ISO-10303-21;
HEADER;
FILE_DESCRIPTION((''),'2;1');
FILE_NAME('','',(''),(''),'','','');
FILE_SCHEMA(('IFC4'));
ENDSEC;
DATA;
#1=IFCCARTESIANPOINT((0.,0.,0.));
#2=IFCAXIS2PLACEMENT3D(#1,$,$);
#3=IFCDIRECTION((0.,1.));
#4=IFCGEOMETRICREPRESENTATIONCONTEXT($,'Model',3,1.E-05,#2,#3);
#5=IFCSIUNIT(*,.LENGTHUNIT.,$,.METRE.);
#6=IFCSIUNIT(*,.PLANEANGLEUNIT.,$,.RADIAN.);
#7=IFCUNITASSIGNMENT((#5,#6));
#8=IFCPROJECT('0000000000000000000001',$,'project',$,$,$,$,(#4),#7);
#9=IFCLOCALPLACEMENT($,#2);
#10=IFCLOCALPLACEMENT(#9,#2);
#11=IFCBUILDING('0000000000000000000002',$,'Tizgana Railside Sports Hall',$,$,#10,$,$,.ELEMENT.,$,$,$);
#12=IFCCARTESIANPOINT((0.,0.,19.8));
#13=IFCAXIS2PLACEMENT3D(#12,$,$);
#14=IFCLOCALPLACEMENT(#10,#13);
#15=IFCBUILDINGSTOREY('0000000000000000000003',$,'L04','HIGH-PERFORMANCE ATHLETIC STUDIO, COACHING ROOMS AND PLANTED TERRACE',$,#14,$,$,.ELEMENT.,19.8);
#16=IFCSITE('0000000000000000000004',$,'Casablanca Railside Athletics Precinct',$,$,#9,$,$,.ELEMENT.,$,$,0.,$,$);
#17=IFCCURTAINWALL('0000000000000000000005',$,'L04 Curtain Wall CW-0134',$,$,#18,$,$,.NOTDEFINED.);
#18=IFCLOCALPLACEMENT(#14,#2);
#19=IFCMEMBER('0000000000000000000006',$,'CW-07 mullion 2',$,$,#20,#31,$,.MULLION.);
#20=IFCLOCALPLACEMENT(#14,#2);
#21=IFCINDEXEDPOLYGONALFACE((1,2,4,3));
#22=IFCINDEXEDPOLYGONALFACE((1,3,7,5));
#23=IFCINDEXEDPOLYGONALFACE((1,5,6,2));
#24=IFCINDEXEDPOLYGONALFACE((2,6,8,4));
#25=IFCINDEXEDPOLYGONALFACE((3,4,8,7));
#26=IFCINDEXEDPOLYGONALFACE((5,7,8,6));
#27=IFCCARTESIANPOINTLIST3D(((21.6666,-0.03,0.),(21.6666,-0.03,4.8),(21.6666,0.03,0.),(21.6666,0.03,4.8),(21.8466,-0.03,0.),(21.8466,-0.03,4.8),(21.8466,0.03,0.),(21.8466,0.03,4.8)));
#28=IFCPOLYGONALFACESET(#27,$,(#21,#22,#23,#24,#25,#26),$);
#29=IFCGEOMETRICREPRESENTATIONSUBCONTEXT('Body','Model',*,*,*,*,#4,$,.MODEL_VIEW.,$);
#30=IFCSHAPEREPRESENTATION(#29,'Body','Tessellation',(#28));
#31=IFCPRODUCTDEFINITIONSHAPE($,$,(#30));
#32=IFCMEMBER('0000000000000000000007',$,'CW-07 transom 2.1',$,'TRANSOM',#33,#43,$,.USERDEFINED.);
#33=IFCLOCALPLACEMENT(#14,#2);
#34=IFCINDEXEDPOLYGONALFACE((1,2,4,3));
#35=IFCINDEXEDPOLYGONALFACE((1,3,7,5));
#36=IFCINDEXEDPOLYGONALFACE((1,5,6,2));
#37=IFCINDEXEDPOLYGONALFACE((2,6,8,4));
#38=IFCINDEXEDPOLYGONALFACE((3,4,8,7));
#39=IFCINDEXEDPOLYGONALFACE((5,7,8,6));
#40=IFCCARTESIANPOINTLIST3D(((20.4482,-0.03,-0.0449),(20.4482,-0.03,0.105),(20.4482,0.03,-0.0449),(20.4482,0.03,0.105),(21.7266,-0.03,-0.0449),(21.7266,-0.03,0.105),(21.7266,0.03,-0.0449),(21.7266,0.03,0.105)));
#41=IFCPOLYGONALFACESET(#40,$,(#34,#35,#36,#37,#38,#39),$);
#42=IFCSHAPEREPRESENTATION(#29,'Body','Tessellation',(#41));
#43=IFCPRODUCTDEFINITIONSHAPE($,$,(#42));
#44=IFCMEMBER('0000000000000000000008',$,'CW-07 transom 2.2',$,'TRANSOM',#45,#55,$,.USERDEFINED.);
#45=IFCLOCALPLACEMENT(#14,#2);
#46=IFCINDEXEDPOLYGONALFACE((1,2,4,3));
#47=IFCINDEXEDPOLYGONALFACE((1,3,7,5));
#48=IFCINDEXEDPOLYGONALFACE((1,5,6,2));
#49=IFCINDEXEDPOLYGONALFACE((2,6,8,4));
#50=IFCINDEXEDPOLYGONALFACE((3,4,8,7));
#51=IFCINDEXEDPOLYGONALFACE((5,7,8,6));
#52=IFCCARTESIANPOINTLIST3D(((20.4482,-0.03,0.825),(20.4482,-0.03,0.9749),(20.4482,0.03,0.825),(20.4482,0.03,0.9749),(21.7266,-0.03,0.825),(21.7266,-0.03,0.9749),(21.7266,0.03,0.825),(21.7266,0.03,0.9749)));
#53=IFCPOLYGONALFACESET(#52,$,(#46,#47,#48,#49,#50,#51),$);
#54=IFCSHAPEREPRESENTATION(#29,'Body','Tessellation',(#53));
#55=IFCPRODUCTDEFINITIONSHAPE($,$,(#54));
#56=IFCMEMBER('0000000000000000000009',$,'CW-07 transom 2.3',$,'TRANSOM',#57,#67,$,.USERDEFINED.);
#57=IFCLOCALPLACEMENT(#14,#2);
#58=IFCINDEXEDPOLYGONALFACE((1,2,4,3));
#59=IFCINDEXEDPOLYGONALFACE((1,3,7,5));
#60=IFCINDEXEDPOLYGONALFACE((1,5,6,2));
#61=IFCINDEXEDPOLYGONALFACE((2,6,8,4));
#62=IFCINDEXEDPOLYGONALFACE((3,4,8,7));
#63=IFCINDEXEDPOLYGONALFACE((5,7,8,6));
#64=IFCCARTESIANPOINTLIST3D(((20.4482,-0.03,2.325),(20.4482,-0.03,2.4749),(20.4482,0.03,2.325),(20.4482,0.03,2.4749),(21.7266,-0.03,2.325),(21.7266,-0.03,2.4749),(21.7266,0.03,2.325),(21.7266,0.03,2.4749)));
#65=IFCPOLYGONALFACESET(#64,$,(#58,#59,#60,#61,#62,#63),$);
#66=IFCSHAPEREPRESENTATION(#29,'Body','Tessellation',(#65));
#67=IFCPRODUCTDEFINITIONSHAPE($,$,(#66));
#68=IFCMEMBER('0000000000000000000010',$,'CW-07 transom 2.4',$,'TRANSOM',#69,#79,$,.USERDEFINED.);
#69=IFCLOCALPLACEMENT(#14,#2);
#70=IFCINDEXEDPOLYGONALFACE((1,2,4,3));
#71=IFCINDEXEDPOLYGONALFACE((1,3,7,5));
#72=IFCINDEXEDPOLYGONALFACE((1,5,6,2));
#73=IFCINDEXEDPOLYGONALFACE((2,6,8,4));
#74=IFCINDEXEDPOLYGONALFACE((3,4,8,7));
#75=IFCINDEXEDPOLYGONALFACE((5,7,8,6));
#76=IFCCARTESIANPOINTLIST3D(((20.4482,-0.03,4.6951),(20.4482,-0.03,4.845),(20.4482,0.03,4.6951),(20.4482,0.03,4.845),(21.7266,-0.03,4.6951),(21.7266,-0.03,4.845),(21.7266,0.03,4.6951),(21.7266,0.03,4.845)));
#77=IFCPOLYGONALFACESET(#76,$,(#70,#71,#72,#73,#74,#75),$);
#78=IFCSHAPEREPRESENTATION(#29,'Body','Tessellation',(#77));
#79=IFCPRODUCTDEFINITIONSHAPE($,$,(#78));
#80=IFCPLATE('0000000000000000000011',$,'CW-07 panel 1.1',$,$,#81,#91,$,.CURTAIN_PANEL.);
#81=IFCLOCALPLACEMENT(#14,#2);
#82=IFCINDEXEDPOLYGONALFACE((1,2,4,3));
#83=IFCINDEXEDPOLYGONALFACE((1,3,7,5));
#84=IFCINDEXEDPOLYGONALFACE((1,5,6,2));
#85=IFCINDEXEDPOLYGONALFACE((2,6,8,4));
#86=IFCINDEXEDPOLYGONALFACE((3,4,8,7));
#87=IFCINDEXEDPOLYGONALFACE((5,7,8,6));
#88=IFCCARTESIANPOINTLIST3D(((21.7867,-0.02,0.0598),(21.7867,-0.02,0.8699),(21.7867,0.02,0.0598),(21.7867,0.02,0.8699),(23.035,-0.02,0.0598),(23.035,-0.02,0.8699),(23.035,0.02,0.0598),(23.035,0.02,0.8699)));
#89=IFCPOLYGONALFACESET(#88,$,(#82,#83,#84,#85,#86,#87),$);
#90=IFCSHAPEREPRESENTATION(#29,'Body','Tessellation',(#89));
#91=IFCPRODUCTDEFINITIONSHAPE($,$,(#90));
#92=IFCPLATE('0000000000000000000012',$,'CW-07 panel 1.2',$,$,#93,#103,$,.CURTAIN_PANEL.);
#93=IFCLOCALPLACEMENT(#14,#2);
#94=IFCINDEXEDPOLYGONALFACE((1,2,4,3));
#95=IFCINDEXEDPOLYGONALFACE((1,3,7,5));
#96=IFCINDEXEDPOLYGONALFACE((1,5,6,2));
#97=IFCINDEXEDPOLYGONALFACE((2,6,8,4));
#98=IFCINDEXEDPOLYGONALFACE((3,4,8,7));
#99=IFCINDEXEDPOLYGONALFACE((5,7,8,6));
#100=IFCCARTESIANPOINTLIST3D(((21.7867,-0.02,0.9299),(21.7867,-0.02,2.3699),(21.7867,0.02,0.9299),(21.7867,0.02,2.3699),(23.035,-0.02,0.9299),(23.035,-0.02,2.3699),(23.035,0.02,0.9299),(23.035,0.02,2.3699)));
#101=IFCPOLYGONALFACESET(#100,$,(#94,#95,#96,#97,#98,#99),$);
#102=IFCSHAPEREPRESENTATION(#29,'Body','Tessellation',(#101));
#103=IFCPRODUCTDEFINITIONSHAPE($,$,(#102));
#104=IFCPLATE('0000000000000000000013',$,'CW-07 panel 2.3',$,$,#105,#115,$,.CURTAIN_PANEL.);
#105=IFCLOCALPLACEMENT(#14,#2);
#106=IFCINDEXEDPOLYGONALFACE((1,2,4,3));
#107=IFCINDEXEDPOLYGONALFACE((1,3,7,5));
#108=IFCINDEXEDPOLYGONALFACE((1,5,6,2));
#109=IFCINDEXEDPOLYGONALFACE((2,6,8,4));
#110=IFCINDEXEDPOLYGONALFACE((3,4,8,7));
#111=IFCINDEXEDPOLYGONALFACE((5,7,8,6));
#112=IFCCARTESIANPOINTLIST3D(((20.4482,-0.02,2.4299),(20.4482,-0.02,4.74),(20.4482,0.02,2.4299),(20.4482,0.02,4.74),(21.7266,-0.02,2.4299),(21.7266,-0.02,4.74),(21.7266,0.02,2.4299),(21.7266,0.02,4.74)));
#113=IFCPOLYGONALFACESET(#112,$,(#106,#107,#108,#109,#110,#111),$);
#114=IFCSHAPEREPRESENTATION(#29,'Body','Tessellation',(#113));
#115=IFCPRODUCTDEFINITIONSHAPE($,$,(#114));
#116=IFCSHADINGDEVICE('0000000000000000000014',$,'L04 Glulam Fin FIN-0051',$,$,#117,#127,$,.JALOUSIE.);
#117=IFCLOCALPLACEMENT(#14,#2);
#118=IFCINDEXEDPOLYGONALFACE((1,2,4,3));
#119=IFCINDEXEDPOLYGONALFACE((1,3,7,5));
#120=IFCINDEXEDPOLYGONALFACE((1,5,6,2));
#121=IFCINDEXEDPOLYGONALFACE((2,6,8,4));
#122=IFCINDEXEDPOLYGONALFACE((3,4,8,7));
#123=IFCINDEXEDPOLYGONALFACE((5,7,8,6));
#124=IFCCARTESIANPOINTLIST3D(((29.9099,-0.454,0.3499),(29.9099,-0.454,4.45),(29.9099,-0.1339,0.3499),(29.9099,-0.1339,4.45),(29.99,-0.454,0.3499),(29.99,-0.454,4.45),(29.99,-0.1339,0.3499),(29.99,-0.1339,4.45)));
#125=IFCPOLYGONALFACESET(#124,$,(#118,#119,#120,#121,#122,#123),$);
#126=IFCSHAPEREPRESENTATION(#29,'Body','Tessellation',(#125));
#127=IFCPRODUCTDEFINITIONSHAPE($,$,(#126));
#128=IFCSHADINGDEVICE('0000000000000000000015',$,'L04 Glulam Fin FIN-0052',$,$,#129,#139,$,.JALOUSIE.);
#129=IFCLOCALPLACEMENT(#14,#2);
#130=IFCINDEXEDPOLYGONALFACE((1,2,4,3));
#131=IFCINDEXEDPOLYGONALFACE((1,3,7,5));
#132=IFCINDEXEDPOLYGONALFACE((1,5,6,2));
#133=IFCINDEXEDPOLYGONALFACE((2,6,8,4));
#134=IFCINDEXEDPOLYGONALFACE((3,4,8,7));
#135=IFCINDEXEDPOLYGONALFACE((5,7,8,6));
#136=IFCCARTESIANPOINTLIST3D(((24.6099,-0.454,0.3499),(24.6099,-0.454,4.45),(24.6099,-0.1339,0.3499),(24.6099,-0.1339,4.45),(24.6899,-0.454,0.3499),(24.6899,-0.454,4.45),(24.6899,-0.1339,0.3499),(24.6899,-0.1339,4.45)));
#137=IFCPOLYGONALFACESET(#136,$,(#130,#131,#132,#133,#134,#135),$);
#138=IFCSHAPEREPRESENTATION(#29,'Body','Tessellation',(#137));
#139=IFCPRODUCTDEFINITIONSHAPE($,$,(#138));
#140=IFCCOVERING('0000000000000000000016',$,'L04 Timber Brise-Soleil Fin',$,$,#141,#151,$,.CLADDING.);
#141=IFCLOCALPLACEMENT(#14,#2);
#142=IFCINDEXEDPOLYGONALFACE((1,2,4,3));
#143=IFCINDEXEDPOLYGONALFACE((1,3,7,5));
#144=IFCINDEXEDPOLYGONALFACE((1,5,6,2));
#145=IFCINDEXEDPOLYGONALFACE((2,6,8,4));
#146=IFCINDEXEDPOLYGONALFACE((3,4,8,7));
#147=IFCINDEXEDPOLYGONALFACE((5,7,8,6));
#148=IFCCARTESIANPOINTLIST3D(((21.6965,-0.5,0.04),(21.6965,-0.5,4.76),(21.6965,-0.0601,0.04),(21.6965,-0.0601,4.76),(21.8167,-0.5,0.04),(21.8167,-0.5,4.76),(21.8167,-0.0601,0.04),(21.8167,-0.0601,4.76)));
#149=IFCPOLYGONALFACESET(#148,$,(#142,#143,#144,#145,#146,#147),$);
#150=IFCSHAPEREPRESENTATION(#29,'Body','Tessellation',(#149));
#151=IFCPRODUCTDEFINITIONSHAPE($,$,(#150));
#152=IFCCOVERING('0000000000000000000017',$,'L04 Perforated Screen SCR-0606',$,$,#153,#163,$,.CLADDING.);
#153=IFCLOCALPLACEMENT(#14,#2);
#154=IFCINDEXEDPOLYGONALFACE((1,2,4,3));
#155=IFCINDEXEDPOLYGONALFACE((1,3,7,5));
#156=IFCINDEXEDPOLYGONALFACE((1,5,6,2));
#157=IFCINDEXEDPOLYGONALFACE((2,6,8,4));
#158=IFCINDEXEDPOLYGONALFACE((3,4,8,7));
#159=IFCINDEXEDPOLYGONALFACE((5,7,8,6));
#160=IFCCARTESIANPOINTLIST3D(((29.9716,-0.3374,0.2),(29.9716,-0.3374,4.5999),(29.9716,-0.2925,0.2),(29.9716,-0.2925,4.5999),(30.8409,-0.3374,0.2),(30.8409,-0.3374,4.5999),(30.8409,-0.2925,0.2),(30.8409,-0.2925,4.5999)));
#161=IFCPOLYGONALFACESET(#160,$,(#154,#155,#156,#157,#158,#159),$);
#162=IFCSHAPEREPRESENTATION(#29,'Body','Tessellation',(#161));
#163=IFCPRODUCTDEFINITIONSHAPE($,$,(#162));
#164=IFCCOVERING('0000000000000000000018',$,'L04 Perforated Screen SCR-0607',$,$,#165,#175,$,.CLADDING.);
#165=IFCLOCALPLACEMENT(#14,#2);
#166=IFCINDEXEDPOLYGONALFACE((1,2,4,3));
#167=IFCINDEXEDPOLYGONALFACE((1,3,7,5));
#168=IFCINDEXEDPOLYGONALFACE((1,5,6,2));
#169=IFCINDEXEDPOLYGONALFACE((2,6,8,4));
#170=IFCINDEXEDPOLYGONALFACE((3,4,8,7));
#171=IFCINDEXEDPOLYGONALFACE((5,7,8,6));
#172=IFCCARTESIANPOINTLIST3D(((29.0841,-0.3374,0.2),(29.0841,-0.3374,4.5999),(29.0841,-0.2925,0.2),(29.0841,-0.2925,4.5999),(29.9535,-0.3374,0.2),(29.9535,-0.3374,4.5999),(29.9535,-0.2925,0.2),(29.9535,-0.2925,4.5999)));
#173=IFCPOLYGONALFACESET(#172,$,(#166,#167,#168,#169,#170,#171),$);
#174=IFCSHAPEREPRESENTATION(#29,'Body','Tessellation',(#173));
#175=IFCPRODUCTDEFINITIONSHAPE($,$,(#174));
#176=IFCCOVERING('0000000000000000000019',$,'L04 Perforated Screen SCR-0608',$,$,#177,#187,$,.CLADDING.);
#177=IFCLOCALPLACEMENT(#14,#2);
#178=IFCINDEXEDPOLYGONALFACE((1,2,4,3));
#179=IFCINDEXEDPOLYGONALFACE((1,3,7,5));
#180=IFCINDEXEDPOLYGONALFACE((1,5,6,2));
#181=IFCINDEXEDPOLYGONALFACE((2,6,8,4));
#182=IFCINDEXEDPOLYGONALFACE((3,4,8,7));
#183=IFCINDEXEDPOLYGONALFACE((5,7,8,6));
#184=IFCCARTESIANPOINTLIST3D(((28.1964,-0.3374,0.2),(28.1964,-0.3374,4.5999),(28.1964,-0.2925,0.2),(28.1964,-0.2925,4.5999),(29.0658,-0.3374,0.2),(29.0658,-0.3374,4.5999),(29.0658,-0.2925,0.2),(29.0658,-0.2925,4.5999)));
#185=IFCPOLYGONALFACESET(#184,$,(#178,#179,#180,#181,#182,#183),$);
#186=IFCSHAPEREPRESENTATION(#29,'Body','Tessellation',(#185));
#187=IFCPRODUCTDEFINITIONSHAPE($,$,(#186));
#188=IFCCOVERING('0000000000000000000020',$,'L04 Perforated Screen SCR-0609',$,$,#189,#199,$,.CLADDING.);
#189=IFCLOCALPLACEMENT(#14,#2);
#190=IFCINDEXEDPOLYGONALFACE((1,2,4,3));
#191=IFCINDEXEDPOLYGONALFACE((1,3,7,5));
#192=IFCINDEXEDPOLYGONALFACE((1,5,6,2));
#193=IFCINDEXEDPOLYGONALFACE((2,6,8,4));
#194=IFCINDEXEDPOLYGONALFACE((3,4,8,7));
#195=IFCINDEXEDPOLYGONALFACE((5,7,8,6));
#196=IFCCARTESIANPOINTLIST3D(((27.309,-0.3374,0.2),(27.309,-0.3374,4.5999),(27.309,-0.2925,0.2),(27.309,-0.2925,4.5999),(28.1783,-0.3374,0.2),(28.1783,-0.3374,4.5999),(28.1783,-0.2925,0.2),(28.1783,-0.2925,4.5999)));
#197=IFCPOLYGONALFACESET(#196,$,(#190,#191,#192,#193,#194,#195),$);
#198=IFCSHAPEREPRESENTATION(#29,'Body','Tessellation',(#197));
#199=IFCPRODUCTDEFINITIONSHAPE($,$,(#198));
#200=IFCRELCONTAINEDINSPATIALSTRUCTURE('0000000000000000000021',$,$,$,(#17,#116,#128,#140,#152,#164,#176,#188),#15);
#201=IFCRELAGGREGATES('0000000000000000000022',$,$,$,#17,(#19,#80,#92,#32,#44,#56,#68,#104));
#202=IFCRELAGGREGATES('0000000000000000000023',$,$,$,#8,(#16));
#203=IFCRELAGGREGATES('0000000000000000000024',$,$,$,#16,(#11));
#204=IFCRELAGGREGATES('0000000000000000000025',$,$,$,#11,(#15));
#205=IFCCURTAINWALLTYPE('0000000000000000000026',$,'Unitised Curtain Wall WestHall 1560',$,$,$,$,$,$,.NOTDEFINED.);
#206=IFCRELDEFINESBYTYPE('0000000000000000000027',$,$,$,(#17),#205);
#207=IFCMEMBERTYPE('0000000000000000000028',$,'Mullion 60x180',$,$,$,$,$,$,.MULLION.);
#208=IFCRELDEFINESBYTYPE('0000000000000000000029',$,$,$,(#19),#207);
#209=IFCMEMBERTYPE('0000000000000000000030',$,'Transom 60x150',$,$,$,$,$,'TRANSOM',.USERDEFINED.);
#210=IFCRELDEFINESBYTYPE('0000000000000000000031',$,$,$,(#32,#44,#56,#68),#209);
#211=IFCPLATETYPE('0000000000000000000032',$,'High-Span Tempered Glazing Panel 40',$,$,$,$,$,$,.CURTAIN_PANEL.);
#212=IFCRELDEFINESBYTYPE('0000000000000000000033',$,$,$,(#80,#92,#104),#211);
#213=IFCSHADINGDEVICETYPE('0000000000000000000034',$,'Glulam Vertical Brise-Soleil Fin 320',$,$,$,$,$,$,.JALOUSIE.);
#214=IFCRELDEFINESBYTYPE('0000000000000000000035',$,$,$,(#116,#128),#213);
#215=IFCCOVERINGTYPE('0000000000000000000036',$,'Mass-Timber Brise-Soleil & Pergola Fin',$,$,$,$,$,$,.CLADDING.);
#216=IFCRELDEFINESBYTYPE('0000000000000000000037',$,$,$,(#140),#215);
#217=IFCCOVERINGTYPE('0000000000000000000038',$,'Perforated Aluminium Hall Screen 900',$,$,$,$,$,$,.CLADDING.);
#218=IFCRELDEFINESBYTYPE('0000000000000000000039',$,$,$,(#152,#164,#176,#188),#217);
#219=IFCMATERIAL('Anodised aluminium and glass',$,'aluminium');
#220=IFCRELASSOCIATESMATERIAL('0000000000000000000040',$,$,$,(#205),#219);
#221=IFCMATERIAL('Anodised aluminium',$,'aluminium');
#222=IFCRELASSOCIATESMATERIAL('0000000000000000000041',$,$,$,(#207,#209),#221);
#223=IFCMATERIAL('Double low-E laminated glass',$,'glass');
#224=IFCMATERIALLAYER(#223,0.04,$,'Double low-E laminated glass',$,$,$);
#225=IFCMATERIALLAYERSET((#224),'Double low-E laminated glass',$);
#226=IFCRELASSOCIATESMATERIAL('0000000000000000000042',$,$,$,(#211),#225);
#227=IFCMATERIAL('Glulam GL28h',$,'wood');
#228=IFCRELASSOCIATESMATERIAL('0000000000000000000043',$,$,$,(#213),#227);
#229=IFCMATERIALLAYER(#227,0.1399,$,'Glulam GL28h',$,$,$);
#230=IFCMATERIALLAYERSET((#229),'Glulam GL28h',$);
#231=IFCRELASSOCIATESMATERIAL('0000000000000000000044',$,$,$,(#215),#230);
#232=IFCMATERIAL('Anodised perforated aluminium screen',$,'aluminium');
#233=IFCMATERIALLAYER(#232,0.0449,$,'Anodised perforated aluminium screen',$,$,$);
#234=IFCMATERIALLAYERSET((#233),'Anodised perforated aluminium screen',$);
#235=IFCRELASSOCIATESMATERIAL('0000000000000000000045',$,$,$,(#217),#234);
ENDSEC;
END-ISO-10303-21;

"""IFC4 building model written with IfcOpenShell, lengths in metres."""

from ifc_helpers import new_model, si_unit, direction, frame, origin, origin_2d, place, context, subcontext, project, spatial, rectangle, extrude, material, layer, layer_set, material_profile, profile_set, type_object, element, aggregate, save


model = new_model("IFC4")

# Units and contexts
model_context = context("Model", 3, precision=1e-05, world=origin(), true_north=direction((0.0, 1.0)))
body_context = subcontext(model_context, "Body", "Model", "MODEL_VIEW")
ifc_project = project(units=[si_unit("LENGTHUNIT", "METRE"), si_unit("PLANEANGLEUNIT", "RADIAN")], contexts=[model_context])

# Site, building, storey
site_placement = place(None, origin())
site = spatial("IfcSite", under=ifc_project, at=site_placement, Name="Casablanca Railside Athletics Precinct", CompositionType="ELEMENT", RefElevation=0.0)
building_placement = place(site_placement, origin())
building = spatial("IfcBuilding", under=site, at=building_placement, Name="Tizgana Railside Sports Hall", CompositionType="ELEMENT")
storey_placement = place(building_placement, frame((0.0, 0.0, 19.8)))
storey = spatial("IfcBuildingStorey", under=building, at=storey_placement, Name="L04", Description="HIGH-PERFORMANCE ATHLETIC STUDIO, COACHING ROOMS AND PLANTED TERRACE", CompositionType="ELEMENT", Elevation=19.8)

# Curtain wall, members, plates
ifc_material_1 = material(Name="Anodised aluminium and glass", Category="aluminium")
curtain_wall_type = type_object("IfcCurtainWallType", Name="Unitised Curtain Wall WestHall 1560", PredefinedType="NOTDEFINED", material=ifc_material_1)
curtain_wall_placement = place(storey_placement, origin())
curtain_wall = element("IfcCurtainWall", 1, at=curtain_wall_placement, inside=storey, type_object=curtain_wall_type, Name="L04 Curtain Wall CW-0134", PredefinedType="NOTDEFINED")
ifc_material_2 = material(Name="Anodised aluminium", Category="aluminium")
ifc_material_profile_1 = material_profile(ifc_material_2, rectangle(XDim=0.0601, YDim=0.1799, at=origin_2d()), Name="Mullion 60x180")
ifc_profile_set_1 = profile_set([ifc_material_profile_1], Name="Anodised aluminium")
member_type_1 = type_object("IfcMemberType", Name="Mullion 60x180", PredefinedType="MULLION", material=ifc_profile_set_1)
member_1_placement = place(storey_placement, frame((21.7566, 0.0, 0.0), z_axis=(0.0, 0.0, 1.0), x_axis=(0.0, -1.0, 0.0)))
member_1 = element("IfcMember", 2, at=member_1_placement, type_object=member_type_1, Name="CW-07 mullion 2", PredefinedType="MULLION", context=body_context, shape_type="SweptSolid", body=[
    extrude(rectangle(XDim=0.0601, YDim=0.1799, at=origin_2d()), origin(), (0.0, 0.0, 1.0), 4.8),
])
ifc_material_profile_2 = material_profile(ifc_material_2, rectangle(XDim=0.0601, YDim=0.1499, at=origin_2d()), Name="Transom 60x150")
ifc_profile_set_2 = profile_set([ifc_material_profile_2], Name="Anodised aluminium")
member_type_2 = type_object("IfcMemberType", Name="Transom 60x150", ElementType="TRANSOM", PredefinedType="USERDEFINED", material=ifc_profile_set_2)
member_2_placement = place(storey_placement, frame((21.7266, 0.0, 0.03), z_axis=(-1.0, 0.0, 0.0), x_axis=(0.0, -1.0, 0.0)))
member_2 = element("IfcMember", 3, at=member_2_placement, type_object=member_type_2, Name="CW-07 transom 2.1", ObjectType="TRANSOM", PredefinedType="USERDEFINED", context=body_context, shape_type="SweptSolid", body=[
    extrude(rectangle(XDim=0.0601, YDim=0.1499, at=origin_2d()), origin(), (0.0, 0.0, 1.0), 1.2783),
])
member_3_placement = place(storey_placement, frame((21.7266, 0.0, 0.8999), z_axis=(-1.0, 0.0, 0.0), x_axis=(0.0, -1.0, 0.0)))
member_3 = element("IfcMember", 4, at=member_3_placement, type_object=member_type_2, Name="CW-07 transom 2.2", ObjectType="TRANSOM", PredefinedType="USERDEFINED", context=body_context, shape_type="SweptSolid", body=[
    extrude(rectangle(XDim=0.0601, YDim=0.1499, at=origin_2d()), origin(), (0.0, 0.0, 1.0), 1.2783),
])
member_4_placement = place(storey_placement, frame((21.7266, 0.0, 2.3999), z_axis=(-1.0, 0.0, 0.0), x_axis=(0.0, -1.0, 0.0)))
member_4 = element("IfcMember", 5, at=member_4_placement, type_object=member_type_2, Name="CW-07 transom 2.3", ObjectType="TRANSOM", PredefinedType="USERDEFINED", context=body_context, shape_type="SweptSolid", body=[
    extrude(rectangle(XDim=0.0601, YDim=0.1499, at=origin_2d()), origin(), (0.0, 0.0, 1.0), 1.2783),
])
member_5_placement = place(storey_placement, frame((21.7266, 0.0, 4.77), z_axis=(-1.0, 0.0, 0.0), x_axis=(0.0, -1.0, 0.0)))
member_5 = element("IfcMember", 6, at=member_5_placement, type_object=member_type_2, Name="CW-07 transom 2.4", ObjectType="TRANSOM", PredefinedType="USERDEFINED", context=body_context, shape_type="SweptSolid", body=[
    extrude(rectangle(XDim=0.0601, YDim=0.1499, at=origin_2d()), origin(), (0.0, 0.0, 1.0), 1.2783),
])
ifc_material_3 = material(Name="Double low-E laminated glass", Category="glass")
ifc_layer_1 = layer(ifc_material_3, 0.04, Name="Double low-E laminated glass")
ifc_layer_set_1 = layer_set([ifc_layer_1], Name="Double low-E laminated glass")
plate_type = type_object("IfcPlateType", Name="High-Span Tempered Glazing Panel 40", PredefinedType="CURTAIN_PANEL", material=ifc_layer_set_1)
plate_1_placement = place(storey_placement, frame((22.4109, 0.0, 0.0598), z_axis=(0.0, 0.0, 1.0), x_axis=(-1.0, 0.0, 0.0)))
plate_1 = element("IfcPlate", 7, at=plate_1_placement, type_object=plate_type, Name="CW-07 panel 1.1", PredefinedType="CURTAIN_PANEL", context=body_context, shape_type="SweptSolid", body=[
    extrude(rectangle(XDim=1.2483, YDim=0.04, at=origin_2d()), origin(), (0.0, 0.0, 1.0), 0.8101),
])
plate_2_placement = place(storey_placement, frame((22.4109, 0.0, 0.9299), z_axis=(0.0, 0.0, 1.0), x_axis=(-1.0, 0.0, 0.0)))
plate_2 = element("IfcPlate", 8, at=plate_2_placement, type_object=plate_type, Name="CW-07 panel 1.2", PredefinedType="CURTAIN_PANEL", context=body_context, shape_type="SweptSolid", body=[
    extrude(rectangle(XDim=1.2483, YDim=0.04, at=origin_2d()), origin(), (0.0, 0.0, 1.0), 1.4399),
])
plate_3_placement = place(storey_placement, frame((21.0874, 0.0, 2.4299), z_axis=(0.0, 0.0, 1.0), x_axis=(-1.0, 0.0, 0.0)))
plate_3 = element("IfcPlate", 9, at=plate_3_placement, type_object=plate_type, Name="CW-07 panel 2.3", PredefinedType="CURTAIN_PANEL", context=body_context, shape_type="SweptSolid", body=[
    extrude(rectangle(XDim=1.2783, YDim=0.04, at=origin_2d()), origin(), (0.0, 0.0, 1.0), 2.3101),
])
aggregate(curtain_wall, [member_1, plate_1, plate_2, member_2, member_3, member_4, member_5, plate_3])

# Shading devices
ifc_material_4 = material(Name="Glulam GL28h", Category="wood")
shading_device_type = type_object("IfcShadingDeviceType", Name="Glulam Vertical Brise-Soleil Fin 320", PredefinedType="JALOUSIE", material=ifc_material_4)
for number, where, z_axis, x_axis, name in (
    (10, (29.95, -0.2939, 0.3499), (0.0, 0.0, 1.0), (-1.0, 0.0, 0.0), "L04 Glulam Fin FIN-0051"),
    (11, (24.6499, -0.2939, 0.3499), (0.0, 0.0, 1.0), (-1.0, 0.0, 0.0), "L04 Glulam Fin FIN-0052"),
):
    element("IfcShadingDevice", number, at=place(storey_placement, frame(where, z_axis=z_axis, x_axis=x_axis)), inside=storey, type_object=shading_device_type, Name=name, PredefinedType="JALOUSIE", context=body_context, shape_type="SweptSolid", body=[
        extrude(rectangle(XDim=0.0801, YDim=0.3201, at=origin_2d()), origin(), (0.0, 0.0, 1.0), 4.1001),
    ])

# Coverings
ifc_layer_2 = layer(ifc_material_4, 0.1399, Name="Glulam GL28h")
ifc_layer_set_2 = layer_set([ifc_layer_2], Name="Glulam GL28h")
covering_type_1 = type_object("IfcCoveringType", Name="Mass-Timber Brise-Soleil & Pergola Fin", PredefinedType="CLADDING", material=ifc_layer_set_2)
covering_placement = place(storey_placement, frame((21.7566, -0.28, 0.04), z_axis=(0.0, 0.0, 1.0), x_axis=(-1.0, 0.0, 0.0)))
element("IfcCovering", 12, at=covering_placement, inside=storey, type_object=covering_type_1, Name="L04 Timber Brise-Soleil Fin", PredefinedType="CLADDING", context=body_context, shape_type="SweptSolid", body=[
    extrude(rectangle(XDim=0.1201, YDim=0.4399, at=origin_2d()), origin(), (0.0, 0.0, 1.0), 4.72),
])
ifc_material_5 = material(Name="Anodised perforated aluminium screen", Category="aluminium")
ifc_layer_3 = layer(ifc_material_5, 0.0449, Name="Anodised perforated aluminium screen")
ifc_layer_set_3 = layer_set([ifc_layer_3], Name="Anodised perforated aluminium screen")
covering_type_2 = type_object("IfcCoveringType", Name="Perforated Aluminium Hall Screen 900", PredefinedType="CLADDING", material=ifc_layer_set_3)
for number, where, z_axis, x_axis, name in (
    (13, (30.4062, -0.3149, 0.2), (0.0, 0.0, 1.0), (-1.0, 0.0, 0.0), "L04 Perforated Screen SCR-0606"),
    (14, (29.5188, -0.3149, 0.2), (0.0, 0.0, 1.0), (-1.0, 0.0, 0.0), "L04 Perforated Screen SCR-0607"),
    (15, (28.6311, -0.3149, 0.2), (0.0, 0.0, 1.0), (-1.0, 0.0, 0.0), "L04 Perforated Screen SCR-0608"),
    (16, (27.7437, -0.3149, 0.2), (0.0, 0.0, 1.0), (-1.0, 0.0, 0.0), "L04 Perforated Screen SCR-0609"),
):
    element("IfcCovering", number, at=place(storey_placement, frame(where, z_axis=z_axis, x_axis=x_axis)), inside=storey, type_object=covering_type_2, Name=name, PredefinedType="CLADDING", context=body_context, shape_type="SweptSolid", body=[
        extrude(rectangle(XDim=0.8694, YDim=0.0449, at=origin_2d()), origin(), (0.0, 0.0, 1.0), 4.3999),
    ])

save(model, "model.ifc")
